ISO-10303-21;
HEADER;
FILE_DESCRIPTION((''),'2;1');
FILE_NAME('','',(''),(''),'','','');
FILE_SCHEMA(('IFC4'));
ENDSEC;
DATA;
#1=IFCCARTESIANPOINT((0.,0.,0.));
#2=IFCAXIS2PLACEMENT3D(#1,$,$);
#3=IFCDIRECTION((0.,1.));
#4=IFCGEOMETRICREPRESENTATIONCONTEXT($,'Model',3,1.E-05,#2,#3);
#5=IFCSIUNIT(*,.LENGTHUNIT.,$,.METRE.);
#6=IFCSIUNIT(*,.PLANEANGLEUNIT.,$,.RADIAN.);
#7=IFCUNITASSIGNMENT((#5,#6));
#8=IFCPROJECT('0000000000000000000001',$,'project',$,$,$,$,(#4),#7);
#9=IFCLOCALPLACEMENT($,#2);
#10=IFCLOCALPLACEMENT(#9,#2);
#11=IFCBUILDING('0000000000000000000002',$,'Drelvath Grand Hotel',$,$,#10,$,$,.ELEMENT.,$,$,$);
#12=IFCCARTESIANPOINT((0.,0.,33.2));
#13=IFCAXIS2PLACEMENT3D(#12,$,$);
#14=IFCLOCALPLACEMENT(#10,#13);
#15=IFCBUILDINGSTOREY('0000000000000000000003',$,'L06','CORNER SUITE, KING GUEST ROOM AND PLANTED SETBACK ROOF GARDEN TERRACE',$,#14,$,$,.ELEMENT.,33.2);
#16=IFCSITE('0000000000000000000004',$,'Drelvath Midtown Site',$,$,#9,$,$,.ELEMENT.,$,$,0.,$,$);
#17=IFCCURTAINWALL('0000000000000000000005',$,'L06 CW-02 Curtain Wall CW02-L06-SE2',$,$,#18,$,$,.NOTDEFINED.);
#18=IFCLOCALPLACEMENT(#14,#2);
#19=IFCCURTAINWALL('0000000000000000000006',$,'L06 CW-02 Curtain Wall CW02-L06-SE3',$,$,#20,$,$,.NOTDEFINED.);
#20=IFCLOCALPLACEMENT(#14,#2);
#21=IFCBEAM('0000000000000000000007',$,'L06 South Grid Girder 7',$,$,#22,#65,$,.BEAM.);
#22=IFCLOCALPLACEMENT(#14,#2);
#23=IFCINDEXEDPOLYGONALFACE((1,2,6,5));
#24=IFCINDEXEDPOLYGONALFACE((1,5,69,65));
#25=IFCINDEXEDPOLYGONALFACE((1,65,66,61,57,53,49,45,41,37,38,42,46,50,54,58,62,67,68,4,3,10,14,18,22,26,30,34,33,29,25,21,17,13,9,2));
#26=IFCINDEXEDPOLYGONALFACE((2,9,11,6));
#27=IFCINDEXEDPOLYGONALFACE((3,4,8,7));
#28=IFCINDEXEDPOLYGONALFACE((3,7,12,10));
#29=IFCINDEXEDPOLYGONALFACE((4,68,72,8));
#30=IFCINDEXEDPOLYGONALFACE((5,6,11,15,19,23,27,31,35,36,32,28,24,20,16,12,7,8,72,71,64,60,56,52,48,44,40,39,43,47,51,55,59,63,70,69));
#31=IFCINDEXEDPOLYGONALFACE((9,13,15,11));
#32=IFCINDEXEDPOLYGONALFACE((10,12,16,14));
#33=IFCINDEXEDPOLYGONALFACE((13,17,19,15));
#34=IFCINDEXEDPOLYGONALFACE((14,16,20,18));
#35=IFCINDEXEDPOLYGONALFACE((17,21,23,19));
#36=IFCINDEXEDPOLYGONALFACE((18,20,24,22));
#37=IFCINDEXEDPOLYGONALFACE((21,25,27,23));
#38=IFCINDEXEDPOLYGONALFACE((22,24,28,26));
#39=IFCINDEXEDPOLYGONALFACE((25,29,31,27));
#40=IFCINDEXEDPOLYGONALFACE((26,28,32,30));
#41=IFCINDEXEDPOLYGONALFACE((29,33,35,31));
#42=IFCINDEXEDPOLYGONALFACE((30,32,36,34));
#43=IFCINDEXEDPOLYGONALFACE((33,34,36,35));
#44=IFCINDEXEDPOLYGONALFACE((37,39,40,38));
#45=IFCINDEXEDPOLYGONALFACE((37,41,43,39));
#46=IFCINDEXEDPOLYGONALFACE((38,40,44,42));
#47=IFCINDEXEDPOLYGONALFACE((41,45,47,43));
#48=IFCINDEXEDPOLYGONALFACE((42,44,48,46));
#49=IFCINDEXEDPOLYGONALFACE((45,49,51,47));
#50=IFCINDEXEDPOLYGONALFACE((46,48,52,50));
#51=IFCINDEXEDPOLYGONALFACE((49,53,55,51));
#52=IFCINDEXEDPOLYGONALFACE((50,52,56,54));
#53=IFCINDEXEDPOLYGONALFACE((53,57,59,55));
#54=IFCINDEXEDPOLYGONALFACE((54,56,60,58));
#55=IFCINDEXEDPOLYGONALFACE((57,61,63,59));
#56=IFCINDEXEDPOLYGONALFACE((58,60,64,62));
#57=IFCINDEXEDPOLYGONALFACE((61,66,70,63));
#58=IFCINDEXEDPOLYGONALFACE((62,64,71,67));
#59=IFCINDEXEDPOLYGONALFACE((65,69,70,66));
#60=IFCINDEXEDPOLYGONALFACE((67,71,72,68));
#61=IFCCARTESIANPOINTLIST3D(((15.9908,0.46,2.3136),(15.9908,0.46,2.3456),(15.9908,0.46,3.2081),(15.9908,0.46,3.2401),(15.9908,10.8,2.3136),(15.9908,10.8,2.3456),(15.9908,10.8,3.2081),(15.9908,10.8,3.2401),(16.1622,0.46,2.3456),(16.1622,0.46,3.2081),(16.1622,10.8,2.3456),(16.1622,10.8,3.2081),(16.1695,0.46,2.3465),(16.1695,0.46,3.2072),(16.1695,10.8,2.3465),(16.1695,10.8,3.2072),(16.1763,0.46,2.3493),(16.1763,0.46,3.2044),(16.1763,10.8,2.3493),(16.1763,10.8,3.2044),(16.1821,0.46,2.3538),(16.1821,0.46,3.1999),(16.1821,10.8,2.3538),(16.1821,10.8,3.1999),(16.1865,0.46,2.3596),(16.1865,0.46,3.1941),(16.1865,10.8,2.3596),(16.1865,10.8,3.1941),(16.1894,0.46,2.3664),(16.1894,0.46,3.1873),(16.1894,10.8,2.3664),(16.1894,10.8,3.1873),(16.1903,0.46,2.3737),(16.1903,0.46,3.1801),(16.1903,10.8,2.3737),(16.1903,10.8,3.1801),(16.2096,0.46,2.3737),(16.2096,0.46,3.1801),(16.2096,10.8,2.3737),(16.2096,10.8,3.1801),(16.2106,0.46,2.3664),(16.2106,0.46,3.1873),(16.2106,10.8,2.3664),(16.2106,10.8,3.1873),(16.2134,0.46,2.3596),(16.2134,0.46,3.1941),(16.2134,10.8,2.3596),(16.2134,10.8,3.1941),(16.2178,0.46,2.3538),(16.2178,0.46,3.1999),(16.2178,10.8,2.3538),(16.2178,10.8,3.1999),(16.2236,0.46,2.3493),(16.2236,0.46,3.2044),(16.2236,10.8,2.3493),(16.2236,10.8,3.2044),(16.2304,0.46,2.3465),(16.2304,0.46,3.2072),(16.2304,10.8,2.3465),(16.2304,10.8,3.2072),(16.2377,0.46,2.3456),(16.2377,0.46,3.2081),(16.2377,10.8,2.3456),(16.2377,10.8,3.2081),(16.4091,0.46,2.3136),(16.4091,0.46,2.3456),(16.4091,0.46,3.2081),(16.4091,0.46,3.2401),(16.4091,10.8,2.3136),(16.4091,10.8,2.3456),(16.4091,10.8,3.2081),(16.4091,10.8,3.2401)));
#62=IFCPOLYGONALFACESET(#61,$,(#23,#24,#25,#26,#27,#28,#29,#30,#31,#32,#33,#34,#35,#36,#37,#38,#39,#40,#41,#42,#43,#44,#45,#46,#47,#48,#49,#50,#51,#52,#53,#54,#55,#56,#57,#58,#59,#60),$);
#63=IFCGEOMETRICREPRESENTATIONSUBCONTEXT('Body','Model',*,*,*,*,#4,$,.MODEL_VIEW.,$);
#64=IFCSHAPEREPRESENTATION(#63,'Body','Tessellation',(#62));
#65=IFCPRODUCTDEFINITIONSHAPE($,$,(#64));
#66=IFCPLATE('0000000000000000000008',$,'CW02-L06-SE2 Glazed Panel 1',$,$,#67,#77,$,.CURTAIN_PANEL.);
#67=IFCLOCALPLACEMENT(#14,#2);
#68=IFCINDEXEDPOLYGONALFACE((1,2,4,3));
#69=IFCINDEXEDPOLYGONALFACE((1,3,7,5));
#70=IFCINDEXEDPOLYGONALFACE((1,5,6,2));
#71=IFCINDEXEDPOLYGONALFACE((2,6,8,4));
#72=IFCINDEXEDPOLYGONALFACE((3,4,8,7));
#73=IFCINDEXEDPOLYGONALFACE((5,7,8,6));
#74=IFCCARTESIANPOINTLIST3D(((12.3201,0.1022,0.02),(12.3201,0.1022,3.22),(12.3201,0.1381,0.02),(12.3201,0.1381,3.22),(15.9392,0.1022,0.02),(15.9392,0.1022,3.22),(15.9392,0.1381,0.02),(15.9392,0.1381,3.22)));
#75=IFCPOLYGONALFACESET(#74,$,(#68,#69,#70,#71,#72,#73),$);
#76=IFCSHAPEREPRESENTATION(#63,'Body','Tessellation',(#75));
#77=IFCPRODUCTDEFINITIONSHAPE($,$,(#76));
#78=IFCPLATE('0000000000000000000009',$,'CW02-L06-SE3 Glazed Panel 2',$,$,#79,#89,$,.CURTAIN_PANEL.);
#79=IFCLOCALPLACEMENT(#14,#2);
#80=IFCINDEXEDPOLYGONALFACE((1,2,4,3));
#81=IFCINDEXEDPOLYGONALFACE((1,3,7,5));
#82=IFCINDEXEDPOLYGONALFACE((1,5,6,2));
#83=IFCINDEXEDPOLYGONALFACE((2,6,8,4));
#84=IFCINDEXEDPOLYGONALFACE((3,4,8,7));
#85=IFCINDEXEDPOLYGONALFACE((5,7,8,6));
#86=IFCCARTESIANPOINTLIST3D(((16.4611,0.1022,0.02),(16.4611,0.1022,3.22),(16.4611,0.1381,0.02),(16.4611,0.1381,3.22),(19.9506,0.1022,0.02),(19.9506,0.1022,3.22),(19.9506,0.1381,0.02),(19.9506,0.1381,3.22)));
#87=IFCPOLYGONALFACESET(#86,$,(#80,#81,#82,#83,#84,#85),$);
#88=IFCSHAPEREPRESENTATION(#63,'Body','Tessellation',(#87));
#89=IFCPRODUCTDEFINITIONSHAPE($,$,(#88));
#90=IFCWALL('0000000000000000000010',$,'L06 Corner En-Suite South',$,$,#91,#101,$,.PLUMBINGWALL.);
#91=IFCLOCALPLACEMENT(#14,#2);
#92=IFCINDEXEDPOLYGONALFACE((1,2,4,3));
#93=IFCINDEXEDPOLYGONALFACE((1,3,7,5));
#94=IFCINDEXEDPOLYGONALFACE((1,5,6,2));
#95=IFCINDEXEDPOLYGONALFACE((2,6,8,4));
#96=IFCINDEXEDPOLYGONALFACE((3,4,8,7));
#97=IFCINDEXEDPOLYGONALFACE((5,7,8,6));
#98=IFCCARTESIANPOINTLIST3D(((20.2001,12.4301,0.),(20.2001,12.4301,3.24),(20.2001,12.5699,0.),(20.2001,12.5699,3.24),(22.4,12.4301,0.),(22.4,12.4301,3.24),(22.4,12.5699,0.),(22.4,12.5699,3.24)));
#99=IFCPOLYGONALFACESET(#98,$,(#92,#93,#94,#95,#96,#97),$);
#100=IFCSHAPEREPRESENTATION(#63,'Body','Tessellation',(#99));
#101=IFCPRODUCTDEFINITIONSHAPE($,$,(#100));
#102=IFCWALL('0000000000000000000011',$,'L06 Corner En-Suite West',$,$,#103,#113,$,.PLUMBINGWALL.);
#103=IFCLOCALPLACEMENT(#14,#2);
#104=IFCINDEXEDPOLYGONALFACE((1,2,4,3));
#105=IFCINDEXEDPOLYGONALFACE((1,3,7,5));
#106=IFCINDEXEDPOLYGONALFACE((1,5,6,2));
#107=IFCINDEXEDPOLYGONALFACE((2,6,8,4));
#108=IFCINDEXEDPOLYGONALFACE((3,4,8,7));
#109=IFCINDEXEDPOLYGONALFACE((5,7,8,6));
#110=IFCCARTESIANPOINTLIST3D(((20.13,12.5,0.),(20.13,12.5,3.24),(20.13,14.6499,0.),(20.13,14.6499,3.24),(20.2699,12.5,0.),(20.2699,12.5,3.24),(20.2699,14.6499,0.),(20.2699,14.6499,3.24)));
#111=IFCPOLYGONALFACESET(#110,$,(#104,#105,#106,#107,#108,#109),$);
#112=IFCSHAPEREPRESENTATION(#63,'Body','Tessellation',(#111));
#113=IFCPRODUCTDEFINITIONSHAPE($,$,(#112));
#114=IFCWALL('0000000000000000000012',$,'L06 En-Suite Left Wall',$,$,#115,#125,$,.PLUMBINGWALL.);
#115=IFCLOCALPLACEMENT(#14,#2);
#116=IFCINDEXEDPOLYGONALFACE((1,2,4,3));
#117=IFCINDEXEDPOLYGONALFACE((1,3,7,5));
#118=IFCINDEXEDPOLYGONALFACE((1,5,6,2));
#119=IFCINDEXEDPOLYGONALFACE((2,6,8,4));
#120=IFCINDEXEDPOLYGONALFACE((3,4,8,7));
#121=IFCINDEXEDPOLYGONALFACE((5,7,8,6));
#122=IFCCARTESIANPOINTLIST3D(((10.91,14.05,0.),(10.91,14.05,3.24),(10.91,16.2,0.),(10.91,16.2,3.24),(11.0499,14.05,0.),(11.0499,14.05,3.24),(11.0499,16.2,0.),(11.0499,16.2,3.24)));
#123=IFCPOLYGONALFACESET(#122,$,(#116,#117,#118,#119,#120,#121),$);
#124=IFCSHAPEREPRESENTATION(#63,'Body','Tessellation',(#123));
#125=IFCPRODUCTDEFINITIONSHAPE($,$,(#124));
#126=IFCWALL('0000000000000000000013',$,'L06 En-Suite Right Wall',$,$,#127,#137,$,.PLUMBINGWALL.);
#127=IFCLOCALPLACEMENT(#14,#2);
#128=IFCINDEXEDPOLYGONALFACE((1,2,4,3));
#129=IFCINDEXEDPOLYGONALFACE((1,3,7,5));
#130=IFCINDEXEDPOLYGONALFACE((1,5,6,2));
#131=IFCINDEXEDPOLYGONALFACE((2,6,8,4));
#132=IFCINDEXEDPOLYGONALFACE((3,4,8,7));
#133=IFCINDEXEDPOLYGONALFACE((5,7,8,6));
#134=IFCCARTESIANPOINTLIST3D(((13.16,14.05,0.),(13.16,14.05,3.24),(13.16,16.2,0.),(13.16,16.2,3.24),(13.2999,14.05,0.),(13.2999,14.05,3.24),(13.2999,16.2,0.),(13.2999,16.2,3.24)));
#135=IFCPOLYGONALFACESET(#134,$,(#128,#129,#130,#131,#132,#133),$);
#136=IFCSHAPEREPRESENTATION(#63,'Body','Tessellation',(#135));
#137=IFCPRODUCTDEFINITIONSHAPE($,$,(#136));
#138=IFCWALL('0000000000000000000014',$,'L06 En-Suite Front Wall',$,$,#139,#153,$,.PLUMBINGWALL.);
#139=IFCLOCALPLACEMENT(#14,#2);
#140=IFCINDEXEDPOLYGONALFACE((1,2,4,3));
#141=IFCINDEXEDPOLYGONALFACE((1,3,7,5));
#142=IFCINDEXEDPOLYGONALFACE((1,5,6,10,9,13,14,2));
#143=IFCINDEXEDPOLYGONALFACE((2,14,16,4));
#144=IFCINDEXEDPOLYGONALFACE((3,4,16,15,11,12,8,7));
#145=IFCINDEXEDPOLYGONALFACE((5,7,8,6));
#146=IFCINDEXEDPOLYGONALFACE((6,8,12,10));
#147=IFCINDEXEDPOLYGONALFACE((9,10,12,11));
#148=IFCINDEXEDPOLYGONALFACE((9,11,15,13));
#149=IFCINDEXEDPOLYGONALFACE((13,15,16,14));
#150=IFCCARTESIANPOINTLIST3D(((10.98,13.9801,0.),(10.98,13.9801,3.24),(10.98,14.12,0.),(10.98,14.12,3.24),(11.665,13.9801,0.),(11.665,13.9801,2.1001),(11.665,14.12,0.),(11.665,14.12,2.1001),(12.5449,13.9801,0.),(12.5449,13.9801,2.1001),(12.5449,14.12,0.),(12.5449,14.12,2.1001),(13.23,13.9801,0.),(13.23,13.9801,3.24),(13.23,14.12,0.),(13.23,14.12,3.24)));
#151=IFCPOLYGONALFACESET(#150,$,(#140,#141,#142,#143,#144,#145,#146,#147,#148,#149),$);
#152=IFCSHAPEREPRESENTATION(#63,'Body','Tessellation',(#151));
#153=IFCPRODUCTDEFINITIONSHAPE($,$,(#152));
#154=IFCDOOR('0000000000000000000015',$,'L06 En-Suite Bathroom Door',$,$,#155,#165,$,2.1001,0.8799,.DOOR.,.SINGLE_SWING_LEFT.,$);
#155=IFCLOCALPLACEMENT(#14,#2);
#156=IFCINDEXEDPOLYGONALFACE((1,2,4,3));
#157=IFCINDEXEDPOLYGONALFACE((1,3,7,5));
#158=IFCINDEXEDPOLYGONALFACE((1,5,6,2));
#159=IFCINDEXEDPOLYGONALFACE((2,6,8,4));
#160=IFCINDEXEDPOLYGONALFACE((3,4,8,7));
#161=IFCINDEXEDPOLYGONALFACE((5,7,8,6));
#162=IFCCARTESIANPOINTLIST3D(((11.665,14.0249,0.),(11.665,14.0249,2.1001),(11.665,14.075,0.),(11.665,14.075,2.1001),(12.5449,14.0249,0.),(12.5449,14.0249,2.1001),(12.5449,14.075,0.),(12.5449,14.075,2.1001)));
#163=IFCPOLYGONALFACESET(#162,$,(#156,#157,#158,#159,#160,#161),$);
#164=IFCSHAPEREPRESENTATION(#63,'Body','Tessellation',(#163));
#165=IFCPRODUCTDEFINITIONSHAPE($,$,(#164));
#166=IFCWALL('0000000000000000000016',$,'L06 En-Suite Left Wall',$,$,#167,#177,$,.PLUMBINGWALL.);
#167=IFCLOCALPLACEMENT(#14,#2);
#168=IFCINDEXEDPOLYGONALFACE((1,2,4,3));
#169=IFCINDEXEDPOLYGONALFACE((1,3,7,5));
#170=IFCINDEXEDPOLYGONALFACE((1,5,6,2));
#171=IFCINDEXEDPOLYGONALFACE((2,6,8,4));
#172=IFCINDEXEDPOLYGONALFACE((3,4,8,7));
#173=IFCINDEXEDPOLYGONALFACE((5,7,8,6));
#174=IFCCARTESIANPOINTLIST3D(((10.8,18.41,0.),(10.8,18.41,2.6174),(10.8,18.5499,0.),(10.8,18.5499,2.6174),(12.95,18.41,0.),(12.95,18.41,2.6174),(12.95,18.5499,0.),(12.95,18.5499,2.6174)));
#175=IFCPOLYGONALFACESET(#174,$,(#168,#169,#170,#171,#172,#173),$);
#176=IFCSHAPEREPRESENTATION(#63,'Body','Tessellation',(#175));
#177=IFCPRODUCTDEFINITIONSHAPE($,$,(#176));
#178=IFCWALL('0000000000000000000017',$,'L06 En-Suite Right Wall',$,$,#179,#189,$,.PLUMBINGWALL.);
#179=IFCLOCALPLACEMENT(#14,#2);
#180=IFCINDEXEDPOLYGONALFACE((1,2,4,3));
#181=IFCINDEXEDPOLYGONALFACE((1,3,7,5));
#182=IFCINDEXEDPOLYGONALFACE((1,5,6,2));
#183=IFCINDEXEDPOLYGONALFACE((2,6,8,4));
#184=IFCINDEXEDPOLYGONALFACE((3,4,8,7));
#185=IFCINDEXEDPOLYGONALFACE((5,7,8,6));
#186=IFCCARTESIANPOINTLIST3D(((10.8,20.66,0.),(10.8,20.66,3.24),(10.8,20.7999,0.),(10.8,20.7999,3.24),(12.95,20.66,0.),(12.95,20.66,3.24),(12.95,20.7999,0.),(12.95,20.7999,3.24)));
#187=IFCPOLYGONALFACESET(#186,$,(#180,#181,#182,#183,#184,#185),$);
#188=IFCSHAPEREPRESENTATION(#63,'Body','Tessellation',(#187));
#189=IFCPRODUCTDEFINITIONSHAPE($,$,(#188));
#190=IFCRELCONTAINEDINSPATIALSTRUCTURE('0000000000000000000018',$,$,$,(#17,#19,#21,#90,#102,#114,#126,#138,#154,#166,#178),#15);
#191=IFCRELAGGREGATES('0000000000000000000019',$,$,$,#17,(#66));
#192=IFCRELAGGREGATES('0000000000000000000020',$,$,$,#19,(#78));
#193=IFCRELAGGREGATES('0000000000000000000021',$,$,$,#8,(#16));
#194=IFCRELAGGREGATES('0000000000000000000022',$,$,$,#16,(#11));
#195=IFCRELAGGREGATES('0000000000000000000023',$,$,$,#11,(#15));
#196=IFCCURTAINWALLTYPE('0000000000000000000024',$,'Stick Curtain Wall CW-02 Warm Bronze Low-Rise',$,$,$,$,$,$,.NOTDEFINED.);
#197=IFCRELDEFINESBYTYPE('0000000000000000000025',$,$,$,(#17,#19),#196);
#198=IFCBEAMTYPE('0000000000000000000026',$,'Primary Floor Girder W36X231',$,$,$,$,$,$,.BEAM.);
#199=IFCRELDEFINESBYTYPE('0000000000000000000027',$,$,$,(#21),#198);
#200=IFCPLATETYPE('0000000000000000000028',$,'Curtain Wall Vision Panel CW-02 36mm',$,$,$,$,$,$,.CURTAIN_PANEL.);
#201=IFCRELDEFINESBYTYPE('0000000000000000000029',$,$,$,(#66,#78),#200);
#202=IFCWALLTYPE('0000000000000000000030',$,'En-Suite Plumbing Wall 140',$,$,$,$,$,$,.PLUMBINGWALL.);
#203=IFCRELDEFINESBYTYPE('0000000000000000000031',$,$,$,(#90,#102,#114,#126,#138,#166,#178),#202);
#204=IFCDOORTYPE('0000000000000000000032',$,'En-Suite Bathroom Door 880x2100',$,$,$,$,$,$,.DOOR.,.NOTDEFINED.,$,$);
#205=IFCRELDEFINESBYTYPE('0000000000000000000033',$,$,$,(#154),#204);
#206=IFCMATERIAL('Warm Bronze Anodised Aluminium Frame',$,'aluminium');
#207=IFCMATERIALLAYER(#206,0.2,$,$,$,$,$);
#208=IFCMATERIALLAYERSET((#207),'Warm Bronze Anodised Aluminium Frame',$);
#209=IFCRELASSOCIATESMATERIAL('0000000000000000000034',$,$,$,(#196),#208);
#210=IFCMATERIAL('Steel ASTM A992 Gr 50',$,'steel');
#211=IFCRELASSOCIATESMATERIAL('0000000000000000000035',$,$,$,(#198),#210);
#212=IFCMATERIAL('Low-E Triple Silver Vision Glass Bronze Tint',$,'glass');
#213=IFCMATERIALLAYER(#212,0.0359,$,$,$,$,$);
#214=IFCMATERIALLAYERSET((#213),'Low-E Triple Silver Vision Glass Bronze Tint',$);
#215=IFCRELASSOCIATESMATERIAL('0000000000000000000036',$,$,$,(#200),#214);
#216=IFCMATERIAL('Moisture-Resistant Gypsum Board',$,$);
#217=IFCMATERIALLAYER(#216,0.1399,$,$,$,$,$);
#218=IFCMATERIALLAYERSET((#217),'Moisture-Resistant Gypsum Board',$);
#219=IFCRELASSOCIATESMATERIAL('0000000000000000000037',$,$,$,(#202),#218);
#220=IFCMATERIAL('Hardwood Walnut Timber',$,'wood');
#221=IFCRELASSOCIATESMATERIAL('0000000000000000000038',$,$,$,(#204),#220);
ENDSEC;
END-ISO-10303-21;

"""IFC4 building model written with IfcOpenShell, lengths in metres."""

from ifc_helpers import new_model, si_unit, direction, frame, frame_2d, origin, origin_2d, place, context, subcontext, project, spatial, rectangle, i_section, extrude, material, layer, layer_set, material_profile, profile_set, type_object, element, fill, aggregate, save


model = new_model("IFC4")

# Units and contexts
model_context = context("Model", 3, precision=1e-05, world=origin(), true_north=direction((0.0, 1.0)))
body_context = subcontext(model_context, "Body", "Model", "MODEL_VIEW")
ifc_project = project(units=[si_unit("LENGTHUNIT", "METRE"), si_unit("PLANEANGLEUNIT", "RADIAN")], contexts=[model_context])

# Site, building, storey
site_placement = place(None, origin())
site = spatial("IfcSite", under=ifc_project, at=site_placement, Name="Drelvath Midtown Site", CompositionType="ELEMENT", RefElevation=0.0)
building_placement = place(site_placement, origin())
building = spatial("IfcBuilding", under=site, at=building_placement, Name="Drelvath Grand Hotel", CompositionType="ELEMENT")
storey_placement = place(building_placement, frame((0.0, 0.0, 33.2)))
storey = spatial("IfcBuildingStorey", under=building, at=storey_placement, Name="L06", Description="CORNER SUITE, KING GUEST ROOM AND PLANTED SETBACK ROOF GARDEN TERRACE", CompositionType="ELEMENT", Elevation=33.2)

# Shared definitions
ifc_material_1 = material(Name="Steel ASTM A992 Gr 50", Category="steel")

# Curtain walls
ifc_material_2 = material(Name="Warm Bronze Anodised Aluminium Frame", Category="aluminium")
ifc_layer_1 = layer(ifc_material_2, 0.2)
ifc_layer_set_1 = layer_set([ifc_layer_1], Name="Warm Bronze Anodised Aluminium Frame")
curtain_wall_type = type_object("IfcCurtainWallType", Name="Stick Curtain Wall CW-02 Warm Bronze Low-Rise", PredefinedType="NOTDEFINED", material=ifc_layer_set_1)
curtain_wall_1_placement = place(storey_placement, origin())
curtain_wall_1 = element("IfcCurtainWall", 1, at=curtain_wall_1_placement, inside=storey, type_object=curtain_wall_type, Name="L06 CW-02 Curtain Wall CW02-L06-SE2", PredefinedType="NOTDEFINED")
curtain_wall_2_placement = place(storey_placement, origin())
curtain_wall_2 = element("IfcCurtainWall", 2, at=curtain_wall_2_placement, inside=storey, type_object=curtain_wall_type, Name="L06 CW-02 Curtain Wall CW02-L06-SE3", PredefinedType="NOTDEFINED")

# Beam
ifc_material_profile_1 = material_profile(ifc_material_1, i_section(OverallWidth=0.4182, OverallDepth=0.9265, WebThickness=0.0193, FlangeThickness=0.032, FilletRadius=0.0281, at=origin_2d()), Name="W36X231")
ifc_profile_set_1 = profile_set([ifc_material_profile_1], Name="Steel ASTM A992 Gr 50")
beam_type_1 = type_object("IfcBeamType", Name="Primary Floor Girder W36X231", PredefinedType="BEAM", material=ifc_profile_set_1)
beam_1_placement = place(storey_placement, frame((16.2, 0.46, 2.7769), z_axis=(0.0, 1.0, 0.0), x_axis=(-1.0, 0.0, 0.0)))
element("IfcBeam", 3, at=beam_1_placement, inside=storey, type_object=beam_type_1, Name="L06 South Grid Girder 7", PredefinedType="BEAM", context=body_context, shape_type="SweptSolid", body=[
    extrude(i_section(OverallWidth=0.4182, OverallDepth=0.9265, WebThickness=0.0193, FlangeThickness=0.032, FilletRadius=0.0281, at=origin_2d()), origin(), (0.0, 0.0, 1.0), 10.3401),
])

# Plates
ifc_material_3 = material(Name="Low-E Triple Silver Vision Glass Bronze Tint", Category="glass")
ifc_layer_2 = layer(ifc_material_3, 0.0359)
ifc_layer_set_2 = layer_set([ifc_layer_2], Name="Low-E Triple Silver Vision Glass Bronze Tint")
plate_type = type_object("IfcPlateType", Name="Curtain Wall Vision Panel CW-02 36mm", PredefinedType="CURTAIN_PANEL", material=ifc_layer_set_2)
plate_1_placement = place(storey_placement, frame((14.1296, 0.1201, 0.02), z_axis=(0.0, 0.0, 1.0), x_axis=(-1.0, 0.0, 0.0)))
plate_1 = element("IfcPlate", 4, at=plate_1_placement, type_object=plate_type, Name="CW02-L06-SE2 Glazed Panel 1", PredefinedType="CURTAIN_PANEL", context=body_context, shape_type="SweptSolid", body=[
    extrude(rectangle(XDim=3.6191, YDim=0.0359, at=origin_2d()), origin(), (0.0, 0.0, 1.0), 3.2),
])
aggregate(curtain_wall_1, [plate_1])
plate_2_placement = place(storey_placement, frame((18.2058, 0.1201, 0.02), z_axis=(0.0, 0.0, 1.0), x_axis=(-1.0, 0.0, 0.0)))
plate_2 = element("IfcPlate", 5, at=plate_2_placement, type_object=plate_type, Name="CW02-L06-SE3 Glazed Panel 2", PredefinedType="CURTAIN_PANEL", context=body_context, shape_type="SweptSolid", body=[
    extrude(rectangle(XDim=3.4895, YDim=0.0359, at=origin_2d()), origin(), (0.0, 0.0, 1.0), 3.2),
])
aggregate(curtain_wall_2, [plate_2])

# Shared definitions
ifc_material_4 = material(Name="Hardwood Walnut Timber", Category="wood")

# Walls
ifc_material_5 = material(Name="Moisture-Resistant Gypsum Board")
ifc_layer_3 = layer(ifc_material_5, 0.1399)
ifc_layer_set_3 = layer_set([ifc_layer_3], Name="Moisture-Resistant Gypsum Board")
wall_type_1 = type_object("IfcWallType", Name="En-Suite Plumbing Wall 140", PredefinedType="PLUMBINGWALL", material=ifc_layer_set_3)
wall_1_placement = place(storey_placement, frame((20.2, 12.5, 0.0), z_axis=(0.0, 0.0, 1.0), x_axis=(1.0, 0.0, 0.0)))
element("IfcWall", 6, at=wall_1_placement, inside=storey, type_object=wall_type_1, Name="L06 Corner En-Suite South", PredefinedType="PLUMBINGWALL", context=body_context, shape_type="SweptSolid", body=[
    extrude(rectangle(XDim=2.2, YDim=0.1399, at=frame_2d((1.1001, 0.0))), origin(), (0.0, 0.0, 1.0), 3.24),
])
for number, where, z_axis, x_axis, name in (
    (7, (20.2, 12.5, 0.0), (0.0, 0.0, 1.0), (0.0, 1.0, 0.0), "L06 Corner En-Suite West"),
    (8, (10.98, 16.2, 0.0), (0.0, 0.0, 1.0), (0.0, -1.0, 0.0), "L06 En-Suite Left Wall"),
    (9, (13.23, 16.2, 0.0), (0.0, 0.0, 1.0), (0.0, -1.0, 0.0), "L06 En-Suite Right Wall"),
):
    element("IfcWall", number, at=place(storey_placement, frame(where, z_axis=z_axis, x_axis=x_axis)), inside=storey, type_object=wall_type_1, Name=name, PredefinedType="PLUMBINGWALL", context=body_context, shape_type="SweptSolid", body=[
        extrude(rectangle(XDim=2.1499, YDim=0.1399, at=frame_2d((1.075, 0.0))), origin(), (0.0, 0.0, 1.0), 3.24),
    ])

# Wall, opening, door
wall_2_placement = place(storey_placement, frame((10.98, 14.05, 0.0), z_axis=(0.0, 0.0, 1.0), x_axis=(1.0, 0.0, 0.0)))
wall_2 = element("IfcWall", 10, at=wall_2_placement, inside=storey, type_object=wall_type_1, Name="L06 En-Suite Front Wall", PredefinedType="PLUMBINGWALL", context=body_context, shape_type="SweptSolid", body=[
    extrude(rectangle(XDim=2.25, YDim=0.1399, at=frame_2d((1.125, 0.0))), origin(), (0.0, 0.0, 1.0), 3.24),
])
opening_1_placement = place(wall_2_placement, frame((0.6851, 0.0, 0.0)))
opening_1 = element("IfcOpeningElement", 11, at=opening_1_placement, cuts=wall_2, PredefinedType="OPENING", context=body_context, shape_type="SweptSolid", body=[
    extrude(rectangle(XDim=0.8799, YDim=2.1001, at=frame_2d((0.4399, 1.05))), frame((0.0, 0.0798, 0.0), z_axis=(0.0, -1.0, 0.0), x_axis=(1.0, 0.0, 0.0)), (0.0, 0.0, 1.0), 0.1599),
])
door_type_1 = type_object("IfcDoorType", Name="En-Suite Bathroom Door 880x2100", OperationType="NOTDEFINED", PredefinedType="DOOR", material=ifc_material_4)
door_1_placement = place(opening_1_placement, origin())
door_1 = element("IfcDoor", 12, at=door_1_placement, inside=storey, type_object=door_type_1, Name="L06 En-Suite Bathroom Door", OperationType="SINGLE_SWING_LEFT", OverallHeight=2.1001, OverallWidth=0.8799, PredefinedType="DOOR", context=body_context, shape_type="SweptSolid", body=[
    extrude(rectangle(XDim=0.8799, YDim=2.1001, at=frame_2d((0.4399, 1.05))), frame((0.0, 0.0249, 0.0), z_axis=(0.0, -1.0, 0.0), x_axis=(1.0, 0.0, 0.0)), (0.0, 0.0, 1.0), 0.05),
])
fill(opening_1, door_1)

# Walls
wall_3_placement = place(storey_placement, frame((10.8, 18.48, 0.0), z_axis=(0.0, 0.0, 1.0), x_axis=(1.0, 0.0, 0.0)))
element("IfcWall", 13, at=wall_3_placement, inside=storey, type_object=wall_type_1, Name="L06 En-Suite Left Wall", PredefinedType="PLUMBINGWALL", context=body_context, shape_type="SweptSolid", body=[
    extrude(rectangle(XDim=2.1499, YDim=0.1399, at=frame_2d((1.075, 0.0))), origin(), (0.0, 0.0, 1.0), 2.6174),
])
wall_4_placement = place(storey_placement, frame((10.8, 20.73, 0.0), z_axis=(0.0, 0.0, 1.0), x_axis=(1.0, 0.0, 0.0)))
element("IfcWall", 14, at=wall_4_placement, inside=storey, type_object=wall_type_1, Name="L06 En-Suite Right Wall", PredefinedType="PLUMBINGWALL", context=body_context, shape_type="SweptSolid", body=[
    extrude(rectangle(XDim=2.1499, YDim=0.1399, at=frame_2d((1.075, 0.0))), origin(), (0.0, 0.0, 1.0), 3.24),
])

save(model, "model.ifc")
